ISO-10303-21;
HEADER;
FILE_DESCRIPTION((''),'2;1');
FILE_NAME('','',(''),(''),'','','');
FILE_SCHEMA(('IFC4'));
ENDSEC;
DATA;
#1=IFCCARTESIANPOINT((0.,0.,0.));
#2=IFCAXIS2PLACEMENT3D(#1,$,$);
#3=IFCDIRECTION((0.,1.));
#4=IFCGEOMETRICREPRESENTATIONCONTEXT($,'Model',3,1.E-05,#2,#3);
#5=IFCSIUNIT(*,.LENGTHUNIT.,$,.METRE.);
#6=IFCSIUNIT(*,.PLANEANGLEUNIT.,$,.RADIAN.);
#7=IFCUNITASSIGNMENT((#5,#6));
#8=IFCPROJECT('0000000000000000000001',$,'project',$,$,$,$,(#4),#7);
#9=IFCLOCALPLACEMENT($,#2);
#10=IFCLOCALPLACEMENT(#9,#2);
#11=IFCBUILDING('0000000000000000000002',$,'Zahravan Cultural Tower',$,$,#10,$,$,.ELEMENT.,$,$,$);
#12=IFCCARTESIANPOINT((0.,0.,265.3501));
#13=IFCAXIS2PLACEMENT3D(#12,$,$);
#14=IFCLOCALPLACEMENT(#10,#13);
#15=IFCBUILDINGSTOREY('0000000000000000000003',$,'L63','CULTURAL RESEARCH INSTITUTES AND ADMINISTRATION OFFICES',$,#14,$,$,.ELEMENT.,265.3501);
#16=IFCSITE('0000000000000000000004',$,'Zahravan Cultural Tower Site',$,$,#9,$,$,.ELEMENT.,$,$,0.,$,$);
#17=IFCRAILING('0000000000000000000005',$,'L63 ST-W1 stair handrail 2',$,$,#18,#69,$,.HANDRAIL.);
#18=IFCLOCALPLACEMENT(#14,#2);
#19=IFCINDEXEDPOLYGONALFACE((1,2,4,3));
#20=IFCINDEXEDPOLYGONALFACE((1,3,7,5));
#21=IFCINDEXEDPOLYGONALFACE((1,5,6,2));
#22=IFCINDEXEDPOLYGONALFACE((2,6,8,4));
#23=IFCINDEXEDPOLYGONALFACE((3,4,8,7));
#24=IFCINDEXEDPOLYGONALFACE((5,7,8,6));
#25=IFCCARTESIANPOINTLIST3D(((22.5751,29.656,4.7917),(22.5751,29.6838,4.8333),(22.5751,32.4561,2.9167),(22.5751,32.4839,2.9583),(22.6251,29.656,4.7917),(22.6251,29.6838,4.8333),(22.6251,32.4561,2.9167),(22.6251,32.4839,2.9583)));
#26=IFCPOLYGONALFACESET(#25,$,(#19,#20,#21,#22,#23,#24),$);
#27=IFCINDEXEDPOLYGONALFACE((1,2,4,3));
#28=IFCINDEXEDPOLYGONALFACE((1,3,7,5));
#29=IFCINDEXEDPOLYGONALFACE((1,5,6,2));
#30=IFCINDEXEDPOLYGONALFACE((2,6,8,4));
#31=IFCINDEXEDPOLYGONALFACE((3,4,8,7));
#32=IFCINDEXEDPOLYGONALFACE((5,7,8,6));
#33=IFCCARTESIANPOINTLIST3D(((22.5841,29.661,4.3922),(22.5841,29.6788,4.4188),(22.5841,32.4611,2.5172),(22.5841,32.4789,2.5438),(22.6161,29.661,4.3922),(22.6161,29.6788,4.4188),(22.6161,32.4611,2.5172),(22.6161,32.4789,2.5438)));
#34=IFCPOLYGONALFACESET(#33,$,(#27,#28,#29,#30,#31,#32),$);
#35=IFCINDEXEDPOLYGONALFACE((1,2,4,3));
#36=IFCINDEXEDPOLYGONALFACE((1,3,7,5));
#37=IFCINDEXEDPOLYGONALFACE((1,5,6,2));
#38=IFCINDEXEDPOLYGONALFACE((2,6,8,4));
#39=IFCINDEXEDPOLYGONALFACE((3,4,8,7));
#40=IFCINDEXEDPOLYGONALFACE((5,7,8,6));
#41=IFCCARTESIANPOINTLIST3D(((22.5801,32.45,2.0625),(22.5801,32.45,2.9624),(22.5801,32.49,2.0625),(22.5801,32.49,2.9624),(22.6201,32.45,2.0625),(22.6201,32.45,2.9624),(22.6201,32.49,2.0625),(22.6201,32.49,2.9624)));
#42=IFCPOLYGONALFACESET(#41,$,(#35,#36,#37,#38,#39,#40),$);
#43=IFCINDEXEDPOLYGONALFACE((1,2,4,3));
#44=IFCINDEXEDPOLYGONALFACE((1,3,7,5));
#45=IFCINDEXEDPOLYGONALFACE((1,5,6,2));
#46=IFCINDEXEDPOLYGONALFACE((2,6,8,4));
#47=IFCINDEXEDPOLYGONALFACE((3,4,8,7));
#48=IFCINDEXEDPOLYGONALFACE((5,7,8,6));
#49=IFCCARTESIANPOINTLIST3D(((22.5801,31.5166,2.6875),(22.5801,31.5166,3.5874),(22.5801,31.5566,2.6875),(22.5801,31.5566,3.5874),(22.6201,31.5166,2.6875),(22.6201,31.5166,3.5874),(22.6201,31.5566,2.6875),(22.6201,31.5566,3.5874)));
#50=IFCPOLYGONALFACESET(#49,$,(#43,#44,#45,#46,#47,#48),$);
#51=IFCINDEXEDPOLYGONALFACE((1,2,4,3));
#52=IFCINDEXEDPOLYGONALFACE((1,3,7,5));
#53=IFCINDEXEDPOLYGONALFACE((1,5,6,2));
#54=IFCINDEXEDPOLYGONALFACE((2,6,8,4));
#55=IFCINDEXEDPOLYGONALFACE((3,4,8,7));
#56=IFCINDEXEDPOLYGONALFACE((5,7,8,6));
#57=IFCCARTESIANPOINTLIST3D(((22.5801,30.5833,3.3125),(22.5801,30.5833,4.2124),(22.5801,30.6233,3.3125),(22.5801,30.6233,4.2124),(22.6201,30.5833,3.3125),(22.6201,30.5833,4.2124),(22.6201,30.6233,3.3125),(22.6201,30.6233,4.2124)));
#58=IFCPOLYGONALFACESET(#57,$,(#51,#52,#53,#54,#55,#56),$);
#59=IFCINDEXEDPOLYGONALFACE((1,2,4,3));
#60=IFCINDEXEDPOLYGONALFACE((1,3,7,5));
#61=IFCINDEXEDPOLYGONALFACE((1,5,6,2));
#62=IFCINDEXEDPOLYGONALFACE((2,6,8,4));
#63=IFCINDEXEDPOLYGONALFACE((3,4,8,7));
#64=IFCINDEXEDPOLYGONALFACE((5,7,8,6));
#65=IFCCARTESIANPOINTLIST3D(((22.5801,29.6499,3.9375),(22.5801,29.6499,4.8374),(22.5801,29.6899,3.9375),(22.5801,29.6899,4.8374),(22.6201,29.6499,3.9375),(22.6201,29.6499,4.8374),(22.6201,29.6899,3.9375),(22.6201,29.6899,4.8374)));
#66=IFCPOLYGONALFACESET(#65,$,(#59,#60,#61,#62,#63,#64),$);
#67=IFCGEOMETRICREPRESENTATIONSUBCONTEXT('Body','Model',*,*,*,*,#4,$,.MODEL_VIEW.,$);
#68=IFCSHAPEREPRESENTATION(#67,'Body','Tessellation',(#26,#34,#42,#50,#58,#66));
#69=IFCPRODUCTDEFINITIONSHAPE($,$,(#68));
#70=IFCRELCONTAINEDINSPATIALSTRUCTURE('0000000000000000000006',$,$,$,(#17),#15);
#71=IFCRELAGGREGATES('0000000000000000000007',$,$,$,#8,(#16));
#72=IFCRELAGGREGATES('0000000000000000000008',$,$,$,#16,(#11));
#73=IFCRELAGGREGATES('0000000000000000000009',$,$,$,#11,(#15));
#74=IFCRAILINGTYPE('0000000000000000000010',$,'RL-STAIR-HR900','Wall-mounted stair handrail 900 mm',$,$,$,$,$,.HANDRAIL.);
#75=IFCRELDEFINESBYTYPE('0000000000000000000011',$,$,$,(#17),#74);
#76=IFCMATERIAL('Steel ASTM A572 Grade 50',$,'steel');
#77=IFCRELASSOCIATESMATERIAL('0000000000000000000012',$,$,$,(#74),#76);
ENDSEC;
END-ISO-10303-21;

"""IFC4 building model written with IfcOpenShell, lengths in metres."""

from ifc_helpers import new_model, si_unit, direction, frame, origin, origin_2d, place, context, subcontext, project, spatial, rectangle, extrude, material, type_object, element, save


model = new_model("IFC4")

# Units and contexts
model_context = context("Model", 3, precision=1e-05, world=origin(), true_north=direction((0.0, 1.0)))
body_context = subcontext(model_context, "Body", "Model", "MODEL_VIEW")
ifc_project = project(units=[si_unit("LENGTHUNIT", "METRE"), si_unit("PLANEANGLEUNIT", "RADIAN")], contexts=[model_context])

# Site, building, storey
site_placement = place(None, origin())
site = spatial("IfcSite", under=ifc_project, at=site_placement, Name="Zahravan Cultural Tower Site", CompositionType="ELEMENT", RefElevation=0.0)
building_placement = place(site_placement, origin())
building = spatial("IfcBuilding", under=site, at=building_placement, Name="Zahravan Cultural Tower", CompositionType="ELEMENT")
storey_placement = place(building_placement, frame((0.0, 0.0, 265.3501)))
storey = spatial("IfcBuildingStorey", under=building, at=storey_placement, Name="L63", Description="CULTURAL RESEARCH INSTITUTES AND ADMINISTRATION OFFICES", CompositionType="ELEMENT", Elevation=265.3501)

# Railing
ifc_material_1 = material(Name="Steel ASTM A572 Grade 50", Category="steel")
railing_type_1 = type_object("IfcRailingType", Name="RL-STAIR-HR900", Description="Wall-mounted stair handrail 900 mm", PredefinedType="HANDRAIL", material=ifc_material_1)
railing_1_placement = place(storey_placement, frame((22.6001, 32.47, 2.0625)))
element("IfcRailing", 1, at=railing_1_placement, inside=storey, type_object=railing_type_1, Name="L63 ST-W1 stair handrail 2", PredefinedType="HANDRAIL", context=body_context, shape_type="SweptSolid", body=[
    extrude(rectangle(XDim=0.05, YDim=0.05, at=origin_2d()), frame((0.0, 0.0, 0.875), z_axis=(0.0, -0.830912, 0.556404), x_axis=(1.0, 0.0, 0.0)), (0.0, 0.0, 1.0), 3.3699),
    extrude(rectangle(XDim=0.032, YDim=0.032, at=origin_2d()), frame((0.0, 0.0, 0.468), z_axis=(0.0, -0.830912, 0.556404), x_axis=(1.0, 0.0, 0.0)), (0.0, 0.0, 1.0), 3.3699),
    extrude(rectangle(XDim=0.04, YDim=0.04, at=origin_2d()), origin(), (0.0, 0.0, 1.0), 0.8999),
    extrude(rectangle(XDim=0.04, YDim=0.04, at=origin_2d()), frame((0.0, -0.9333, 0.625)), (0.0, 0.0, 1.0), 0.8999),
    extrude(rectangle(XDim=0.04, YDim=0.04, at=origin_2d()), frame((0.0, -1.8667, 1.25)), (0.0, 0.0, 1.0), 0.8999),
    extrude(rectangle(XDim=0.04, YDim=0.04, at=origin_2d()), frame((0.0, -2.8, 1.875)), (0.0, 0.0, 1.0), 0.8999),
])

save(model, "model.ifc")
